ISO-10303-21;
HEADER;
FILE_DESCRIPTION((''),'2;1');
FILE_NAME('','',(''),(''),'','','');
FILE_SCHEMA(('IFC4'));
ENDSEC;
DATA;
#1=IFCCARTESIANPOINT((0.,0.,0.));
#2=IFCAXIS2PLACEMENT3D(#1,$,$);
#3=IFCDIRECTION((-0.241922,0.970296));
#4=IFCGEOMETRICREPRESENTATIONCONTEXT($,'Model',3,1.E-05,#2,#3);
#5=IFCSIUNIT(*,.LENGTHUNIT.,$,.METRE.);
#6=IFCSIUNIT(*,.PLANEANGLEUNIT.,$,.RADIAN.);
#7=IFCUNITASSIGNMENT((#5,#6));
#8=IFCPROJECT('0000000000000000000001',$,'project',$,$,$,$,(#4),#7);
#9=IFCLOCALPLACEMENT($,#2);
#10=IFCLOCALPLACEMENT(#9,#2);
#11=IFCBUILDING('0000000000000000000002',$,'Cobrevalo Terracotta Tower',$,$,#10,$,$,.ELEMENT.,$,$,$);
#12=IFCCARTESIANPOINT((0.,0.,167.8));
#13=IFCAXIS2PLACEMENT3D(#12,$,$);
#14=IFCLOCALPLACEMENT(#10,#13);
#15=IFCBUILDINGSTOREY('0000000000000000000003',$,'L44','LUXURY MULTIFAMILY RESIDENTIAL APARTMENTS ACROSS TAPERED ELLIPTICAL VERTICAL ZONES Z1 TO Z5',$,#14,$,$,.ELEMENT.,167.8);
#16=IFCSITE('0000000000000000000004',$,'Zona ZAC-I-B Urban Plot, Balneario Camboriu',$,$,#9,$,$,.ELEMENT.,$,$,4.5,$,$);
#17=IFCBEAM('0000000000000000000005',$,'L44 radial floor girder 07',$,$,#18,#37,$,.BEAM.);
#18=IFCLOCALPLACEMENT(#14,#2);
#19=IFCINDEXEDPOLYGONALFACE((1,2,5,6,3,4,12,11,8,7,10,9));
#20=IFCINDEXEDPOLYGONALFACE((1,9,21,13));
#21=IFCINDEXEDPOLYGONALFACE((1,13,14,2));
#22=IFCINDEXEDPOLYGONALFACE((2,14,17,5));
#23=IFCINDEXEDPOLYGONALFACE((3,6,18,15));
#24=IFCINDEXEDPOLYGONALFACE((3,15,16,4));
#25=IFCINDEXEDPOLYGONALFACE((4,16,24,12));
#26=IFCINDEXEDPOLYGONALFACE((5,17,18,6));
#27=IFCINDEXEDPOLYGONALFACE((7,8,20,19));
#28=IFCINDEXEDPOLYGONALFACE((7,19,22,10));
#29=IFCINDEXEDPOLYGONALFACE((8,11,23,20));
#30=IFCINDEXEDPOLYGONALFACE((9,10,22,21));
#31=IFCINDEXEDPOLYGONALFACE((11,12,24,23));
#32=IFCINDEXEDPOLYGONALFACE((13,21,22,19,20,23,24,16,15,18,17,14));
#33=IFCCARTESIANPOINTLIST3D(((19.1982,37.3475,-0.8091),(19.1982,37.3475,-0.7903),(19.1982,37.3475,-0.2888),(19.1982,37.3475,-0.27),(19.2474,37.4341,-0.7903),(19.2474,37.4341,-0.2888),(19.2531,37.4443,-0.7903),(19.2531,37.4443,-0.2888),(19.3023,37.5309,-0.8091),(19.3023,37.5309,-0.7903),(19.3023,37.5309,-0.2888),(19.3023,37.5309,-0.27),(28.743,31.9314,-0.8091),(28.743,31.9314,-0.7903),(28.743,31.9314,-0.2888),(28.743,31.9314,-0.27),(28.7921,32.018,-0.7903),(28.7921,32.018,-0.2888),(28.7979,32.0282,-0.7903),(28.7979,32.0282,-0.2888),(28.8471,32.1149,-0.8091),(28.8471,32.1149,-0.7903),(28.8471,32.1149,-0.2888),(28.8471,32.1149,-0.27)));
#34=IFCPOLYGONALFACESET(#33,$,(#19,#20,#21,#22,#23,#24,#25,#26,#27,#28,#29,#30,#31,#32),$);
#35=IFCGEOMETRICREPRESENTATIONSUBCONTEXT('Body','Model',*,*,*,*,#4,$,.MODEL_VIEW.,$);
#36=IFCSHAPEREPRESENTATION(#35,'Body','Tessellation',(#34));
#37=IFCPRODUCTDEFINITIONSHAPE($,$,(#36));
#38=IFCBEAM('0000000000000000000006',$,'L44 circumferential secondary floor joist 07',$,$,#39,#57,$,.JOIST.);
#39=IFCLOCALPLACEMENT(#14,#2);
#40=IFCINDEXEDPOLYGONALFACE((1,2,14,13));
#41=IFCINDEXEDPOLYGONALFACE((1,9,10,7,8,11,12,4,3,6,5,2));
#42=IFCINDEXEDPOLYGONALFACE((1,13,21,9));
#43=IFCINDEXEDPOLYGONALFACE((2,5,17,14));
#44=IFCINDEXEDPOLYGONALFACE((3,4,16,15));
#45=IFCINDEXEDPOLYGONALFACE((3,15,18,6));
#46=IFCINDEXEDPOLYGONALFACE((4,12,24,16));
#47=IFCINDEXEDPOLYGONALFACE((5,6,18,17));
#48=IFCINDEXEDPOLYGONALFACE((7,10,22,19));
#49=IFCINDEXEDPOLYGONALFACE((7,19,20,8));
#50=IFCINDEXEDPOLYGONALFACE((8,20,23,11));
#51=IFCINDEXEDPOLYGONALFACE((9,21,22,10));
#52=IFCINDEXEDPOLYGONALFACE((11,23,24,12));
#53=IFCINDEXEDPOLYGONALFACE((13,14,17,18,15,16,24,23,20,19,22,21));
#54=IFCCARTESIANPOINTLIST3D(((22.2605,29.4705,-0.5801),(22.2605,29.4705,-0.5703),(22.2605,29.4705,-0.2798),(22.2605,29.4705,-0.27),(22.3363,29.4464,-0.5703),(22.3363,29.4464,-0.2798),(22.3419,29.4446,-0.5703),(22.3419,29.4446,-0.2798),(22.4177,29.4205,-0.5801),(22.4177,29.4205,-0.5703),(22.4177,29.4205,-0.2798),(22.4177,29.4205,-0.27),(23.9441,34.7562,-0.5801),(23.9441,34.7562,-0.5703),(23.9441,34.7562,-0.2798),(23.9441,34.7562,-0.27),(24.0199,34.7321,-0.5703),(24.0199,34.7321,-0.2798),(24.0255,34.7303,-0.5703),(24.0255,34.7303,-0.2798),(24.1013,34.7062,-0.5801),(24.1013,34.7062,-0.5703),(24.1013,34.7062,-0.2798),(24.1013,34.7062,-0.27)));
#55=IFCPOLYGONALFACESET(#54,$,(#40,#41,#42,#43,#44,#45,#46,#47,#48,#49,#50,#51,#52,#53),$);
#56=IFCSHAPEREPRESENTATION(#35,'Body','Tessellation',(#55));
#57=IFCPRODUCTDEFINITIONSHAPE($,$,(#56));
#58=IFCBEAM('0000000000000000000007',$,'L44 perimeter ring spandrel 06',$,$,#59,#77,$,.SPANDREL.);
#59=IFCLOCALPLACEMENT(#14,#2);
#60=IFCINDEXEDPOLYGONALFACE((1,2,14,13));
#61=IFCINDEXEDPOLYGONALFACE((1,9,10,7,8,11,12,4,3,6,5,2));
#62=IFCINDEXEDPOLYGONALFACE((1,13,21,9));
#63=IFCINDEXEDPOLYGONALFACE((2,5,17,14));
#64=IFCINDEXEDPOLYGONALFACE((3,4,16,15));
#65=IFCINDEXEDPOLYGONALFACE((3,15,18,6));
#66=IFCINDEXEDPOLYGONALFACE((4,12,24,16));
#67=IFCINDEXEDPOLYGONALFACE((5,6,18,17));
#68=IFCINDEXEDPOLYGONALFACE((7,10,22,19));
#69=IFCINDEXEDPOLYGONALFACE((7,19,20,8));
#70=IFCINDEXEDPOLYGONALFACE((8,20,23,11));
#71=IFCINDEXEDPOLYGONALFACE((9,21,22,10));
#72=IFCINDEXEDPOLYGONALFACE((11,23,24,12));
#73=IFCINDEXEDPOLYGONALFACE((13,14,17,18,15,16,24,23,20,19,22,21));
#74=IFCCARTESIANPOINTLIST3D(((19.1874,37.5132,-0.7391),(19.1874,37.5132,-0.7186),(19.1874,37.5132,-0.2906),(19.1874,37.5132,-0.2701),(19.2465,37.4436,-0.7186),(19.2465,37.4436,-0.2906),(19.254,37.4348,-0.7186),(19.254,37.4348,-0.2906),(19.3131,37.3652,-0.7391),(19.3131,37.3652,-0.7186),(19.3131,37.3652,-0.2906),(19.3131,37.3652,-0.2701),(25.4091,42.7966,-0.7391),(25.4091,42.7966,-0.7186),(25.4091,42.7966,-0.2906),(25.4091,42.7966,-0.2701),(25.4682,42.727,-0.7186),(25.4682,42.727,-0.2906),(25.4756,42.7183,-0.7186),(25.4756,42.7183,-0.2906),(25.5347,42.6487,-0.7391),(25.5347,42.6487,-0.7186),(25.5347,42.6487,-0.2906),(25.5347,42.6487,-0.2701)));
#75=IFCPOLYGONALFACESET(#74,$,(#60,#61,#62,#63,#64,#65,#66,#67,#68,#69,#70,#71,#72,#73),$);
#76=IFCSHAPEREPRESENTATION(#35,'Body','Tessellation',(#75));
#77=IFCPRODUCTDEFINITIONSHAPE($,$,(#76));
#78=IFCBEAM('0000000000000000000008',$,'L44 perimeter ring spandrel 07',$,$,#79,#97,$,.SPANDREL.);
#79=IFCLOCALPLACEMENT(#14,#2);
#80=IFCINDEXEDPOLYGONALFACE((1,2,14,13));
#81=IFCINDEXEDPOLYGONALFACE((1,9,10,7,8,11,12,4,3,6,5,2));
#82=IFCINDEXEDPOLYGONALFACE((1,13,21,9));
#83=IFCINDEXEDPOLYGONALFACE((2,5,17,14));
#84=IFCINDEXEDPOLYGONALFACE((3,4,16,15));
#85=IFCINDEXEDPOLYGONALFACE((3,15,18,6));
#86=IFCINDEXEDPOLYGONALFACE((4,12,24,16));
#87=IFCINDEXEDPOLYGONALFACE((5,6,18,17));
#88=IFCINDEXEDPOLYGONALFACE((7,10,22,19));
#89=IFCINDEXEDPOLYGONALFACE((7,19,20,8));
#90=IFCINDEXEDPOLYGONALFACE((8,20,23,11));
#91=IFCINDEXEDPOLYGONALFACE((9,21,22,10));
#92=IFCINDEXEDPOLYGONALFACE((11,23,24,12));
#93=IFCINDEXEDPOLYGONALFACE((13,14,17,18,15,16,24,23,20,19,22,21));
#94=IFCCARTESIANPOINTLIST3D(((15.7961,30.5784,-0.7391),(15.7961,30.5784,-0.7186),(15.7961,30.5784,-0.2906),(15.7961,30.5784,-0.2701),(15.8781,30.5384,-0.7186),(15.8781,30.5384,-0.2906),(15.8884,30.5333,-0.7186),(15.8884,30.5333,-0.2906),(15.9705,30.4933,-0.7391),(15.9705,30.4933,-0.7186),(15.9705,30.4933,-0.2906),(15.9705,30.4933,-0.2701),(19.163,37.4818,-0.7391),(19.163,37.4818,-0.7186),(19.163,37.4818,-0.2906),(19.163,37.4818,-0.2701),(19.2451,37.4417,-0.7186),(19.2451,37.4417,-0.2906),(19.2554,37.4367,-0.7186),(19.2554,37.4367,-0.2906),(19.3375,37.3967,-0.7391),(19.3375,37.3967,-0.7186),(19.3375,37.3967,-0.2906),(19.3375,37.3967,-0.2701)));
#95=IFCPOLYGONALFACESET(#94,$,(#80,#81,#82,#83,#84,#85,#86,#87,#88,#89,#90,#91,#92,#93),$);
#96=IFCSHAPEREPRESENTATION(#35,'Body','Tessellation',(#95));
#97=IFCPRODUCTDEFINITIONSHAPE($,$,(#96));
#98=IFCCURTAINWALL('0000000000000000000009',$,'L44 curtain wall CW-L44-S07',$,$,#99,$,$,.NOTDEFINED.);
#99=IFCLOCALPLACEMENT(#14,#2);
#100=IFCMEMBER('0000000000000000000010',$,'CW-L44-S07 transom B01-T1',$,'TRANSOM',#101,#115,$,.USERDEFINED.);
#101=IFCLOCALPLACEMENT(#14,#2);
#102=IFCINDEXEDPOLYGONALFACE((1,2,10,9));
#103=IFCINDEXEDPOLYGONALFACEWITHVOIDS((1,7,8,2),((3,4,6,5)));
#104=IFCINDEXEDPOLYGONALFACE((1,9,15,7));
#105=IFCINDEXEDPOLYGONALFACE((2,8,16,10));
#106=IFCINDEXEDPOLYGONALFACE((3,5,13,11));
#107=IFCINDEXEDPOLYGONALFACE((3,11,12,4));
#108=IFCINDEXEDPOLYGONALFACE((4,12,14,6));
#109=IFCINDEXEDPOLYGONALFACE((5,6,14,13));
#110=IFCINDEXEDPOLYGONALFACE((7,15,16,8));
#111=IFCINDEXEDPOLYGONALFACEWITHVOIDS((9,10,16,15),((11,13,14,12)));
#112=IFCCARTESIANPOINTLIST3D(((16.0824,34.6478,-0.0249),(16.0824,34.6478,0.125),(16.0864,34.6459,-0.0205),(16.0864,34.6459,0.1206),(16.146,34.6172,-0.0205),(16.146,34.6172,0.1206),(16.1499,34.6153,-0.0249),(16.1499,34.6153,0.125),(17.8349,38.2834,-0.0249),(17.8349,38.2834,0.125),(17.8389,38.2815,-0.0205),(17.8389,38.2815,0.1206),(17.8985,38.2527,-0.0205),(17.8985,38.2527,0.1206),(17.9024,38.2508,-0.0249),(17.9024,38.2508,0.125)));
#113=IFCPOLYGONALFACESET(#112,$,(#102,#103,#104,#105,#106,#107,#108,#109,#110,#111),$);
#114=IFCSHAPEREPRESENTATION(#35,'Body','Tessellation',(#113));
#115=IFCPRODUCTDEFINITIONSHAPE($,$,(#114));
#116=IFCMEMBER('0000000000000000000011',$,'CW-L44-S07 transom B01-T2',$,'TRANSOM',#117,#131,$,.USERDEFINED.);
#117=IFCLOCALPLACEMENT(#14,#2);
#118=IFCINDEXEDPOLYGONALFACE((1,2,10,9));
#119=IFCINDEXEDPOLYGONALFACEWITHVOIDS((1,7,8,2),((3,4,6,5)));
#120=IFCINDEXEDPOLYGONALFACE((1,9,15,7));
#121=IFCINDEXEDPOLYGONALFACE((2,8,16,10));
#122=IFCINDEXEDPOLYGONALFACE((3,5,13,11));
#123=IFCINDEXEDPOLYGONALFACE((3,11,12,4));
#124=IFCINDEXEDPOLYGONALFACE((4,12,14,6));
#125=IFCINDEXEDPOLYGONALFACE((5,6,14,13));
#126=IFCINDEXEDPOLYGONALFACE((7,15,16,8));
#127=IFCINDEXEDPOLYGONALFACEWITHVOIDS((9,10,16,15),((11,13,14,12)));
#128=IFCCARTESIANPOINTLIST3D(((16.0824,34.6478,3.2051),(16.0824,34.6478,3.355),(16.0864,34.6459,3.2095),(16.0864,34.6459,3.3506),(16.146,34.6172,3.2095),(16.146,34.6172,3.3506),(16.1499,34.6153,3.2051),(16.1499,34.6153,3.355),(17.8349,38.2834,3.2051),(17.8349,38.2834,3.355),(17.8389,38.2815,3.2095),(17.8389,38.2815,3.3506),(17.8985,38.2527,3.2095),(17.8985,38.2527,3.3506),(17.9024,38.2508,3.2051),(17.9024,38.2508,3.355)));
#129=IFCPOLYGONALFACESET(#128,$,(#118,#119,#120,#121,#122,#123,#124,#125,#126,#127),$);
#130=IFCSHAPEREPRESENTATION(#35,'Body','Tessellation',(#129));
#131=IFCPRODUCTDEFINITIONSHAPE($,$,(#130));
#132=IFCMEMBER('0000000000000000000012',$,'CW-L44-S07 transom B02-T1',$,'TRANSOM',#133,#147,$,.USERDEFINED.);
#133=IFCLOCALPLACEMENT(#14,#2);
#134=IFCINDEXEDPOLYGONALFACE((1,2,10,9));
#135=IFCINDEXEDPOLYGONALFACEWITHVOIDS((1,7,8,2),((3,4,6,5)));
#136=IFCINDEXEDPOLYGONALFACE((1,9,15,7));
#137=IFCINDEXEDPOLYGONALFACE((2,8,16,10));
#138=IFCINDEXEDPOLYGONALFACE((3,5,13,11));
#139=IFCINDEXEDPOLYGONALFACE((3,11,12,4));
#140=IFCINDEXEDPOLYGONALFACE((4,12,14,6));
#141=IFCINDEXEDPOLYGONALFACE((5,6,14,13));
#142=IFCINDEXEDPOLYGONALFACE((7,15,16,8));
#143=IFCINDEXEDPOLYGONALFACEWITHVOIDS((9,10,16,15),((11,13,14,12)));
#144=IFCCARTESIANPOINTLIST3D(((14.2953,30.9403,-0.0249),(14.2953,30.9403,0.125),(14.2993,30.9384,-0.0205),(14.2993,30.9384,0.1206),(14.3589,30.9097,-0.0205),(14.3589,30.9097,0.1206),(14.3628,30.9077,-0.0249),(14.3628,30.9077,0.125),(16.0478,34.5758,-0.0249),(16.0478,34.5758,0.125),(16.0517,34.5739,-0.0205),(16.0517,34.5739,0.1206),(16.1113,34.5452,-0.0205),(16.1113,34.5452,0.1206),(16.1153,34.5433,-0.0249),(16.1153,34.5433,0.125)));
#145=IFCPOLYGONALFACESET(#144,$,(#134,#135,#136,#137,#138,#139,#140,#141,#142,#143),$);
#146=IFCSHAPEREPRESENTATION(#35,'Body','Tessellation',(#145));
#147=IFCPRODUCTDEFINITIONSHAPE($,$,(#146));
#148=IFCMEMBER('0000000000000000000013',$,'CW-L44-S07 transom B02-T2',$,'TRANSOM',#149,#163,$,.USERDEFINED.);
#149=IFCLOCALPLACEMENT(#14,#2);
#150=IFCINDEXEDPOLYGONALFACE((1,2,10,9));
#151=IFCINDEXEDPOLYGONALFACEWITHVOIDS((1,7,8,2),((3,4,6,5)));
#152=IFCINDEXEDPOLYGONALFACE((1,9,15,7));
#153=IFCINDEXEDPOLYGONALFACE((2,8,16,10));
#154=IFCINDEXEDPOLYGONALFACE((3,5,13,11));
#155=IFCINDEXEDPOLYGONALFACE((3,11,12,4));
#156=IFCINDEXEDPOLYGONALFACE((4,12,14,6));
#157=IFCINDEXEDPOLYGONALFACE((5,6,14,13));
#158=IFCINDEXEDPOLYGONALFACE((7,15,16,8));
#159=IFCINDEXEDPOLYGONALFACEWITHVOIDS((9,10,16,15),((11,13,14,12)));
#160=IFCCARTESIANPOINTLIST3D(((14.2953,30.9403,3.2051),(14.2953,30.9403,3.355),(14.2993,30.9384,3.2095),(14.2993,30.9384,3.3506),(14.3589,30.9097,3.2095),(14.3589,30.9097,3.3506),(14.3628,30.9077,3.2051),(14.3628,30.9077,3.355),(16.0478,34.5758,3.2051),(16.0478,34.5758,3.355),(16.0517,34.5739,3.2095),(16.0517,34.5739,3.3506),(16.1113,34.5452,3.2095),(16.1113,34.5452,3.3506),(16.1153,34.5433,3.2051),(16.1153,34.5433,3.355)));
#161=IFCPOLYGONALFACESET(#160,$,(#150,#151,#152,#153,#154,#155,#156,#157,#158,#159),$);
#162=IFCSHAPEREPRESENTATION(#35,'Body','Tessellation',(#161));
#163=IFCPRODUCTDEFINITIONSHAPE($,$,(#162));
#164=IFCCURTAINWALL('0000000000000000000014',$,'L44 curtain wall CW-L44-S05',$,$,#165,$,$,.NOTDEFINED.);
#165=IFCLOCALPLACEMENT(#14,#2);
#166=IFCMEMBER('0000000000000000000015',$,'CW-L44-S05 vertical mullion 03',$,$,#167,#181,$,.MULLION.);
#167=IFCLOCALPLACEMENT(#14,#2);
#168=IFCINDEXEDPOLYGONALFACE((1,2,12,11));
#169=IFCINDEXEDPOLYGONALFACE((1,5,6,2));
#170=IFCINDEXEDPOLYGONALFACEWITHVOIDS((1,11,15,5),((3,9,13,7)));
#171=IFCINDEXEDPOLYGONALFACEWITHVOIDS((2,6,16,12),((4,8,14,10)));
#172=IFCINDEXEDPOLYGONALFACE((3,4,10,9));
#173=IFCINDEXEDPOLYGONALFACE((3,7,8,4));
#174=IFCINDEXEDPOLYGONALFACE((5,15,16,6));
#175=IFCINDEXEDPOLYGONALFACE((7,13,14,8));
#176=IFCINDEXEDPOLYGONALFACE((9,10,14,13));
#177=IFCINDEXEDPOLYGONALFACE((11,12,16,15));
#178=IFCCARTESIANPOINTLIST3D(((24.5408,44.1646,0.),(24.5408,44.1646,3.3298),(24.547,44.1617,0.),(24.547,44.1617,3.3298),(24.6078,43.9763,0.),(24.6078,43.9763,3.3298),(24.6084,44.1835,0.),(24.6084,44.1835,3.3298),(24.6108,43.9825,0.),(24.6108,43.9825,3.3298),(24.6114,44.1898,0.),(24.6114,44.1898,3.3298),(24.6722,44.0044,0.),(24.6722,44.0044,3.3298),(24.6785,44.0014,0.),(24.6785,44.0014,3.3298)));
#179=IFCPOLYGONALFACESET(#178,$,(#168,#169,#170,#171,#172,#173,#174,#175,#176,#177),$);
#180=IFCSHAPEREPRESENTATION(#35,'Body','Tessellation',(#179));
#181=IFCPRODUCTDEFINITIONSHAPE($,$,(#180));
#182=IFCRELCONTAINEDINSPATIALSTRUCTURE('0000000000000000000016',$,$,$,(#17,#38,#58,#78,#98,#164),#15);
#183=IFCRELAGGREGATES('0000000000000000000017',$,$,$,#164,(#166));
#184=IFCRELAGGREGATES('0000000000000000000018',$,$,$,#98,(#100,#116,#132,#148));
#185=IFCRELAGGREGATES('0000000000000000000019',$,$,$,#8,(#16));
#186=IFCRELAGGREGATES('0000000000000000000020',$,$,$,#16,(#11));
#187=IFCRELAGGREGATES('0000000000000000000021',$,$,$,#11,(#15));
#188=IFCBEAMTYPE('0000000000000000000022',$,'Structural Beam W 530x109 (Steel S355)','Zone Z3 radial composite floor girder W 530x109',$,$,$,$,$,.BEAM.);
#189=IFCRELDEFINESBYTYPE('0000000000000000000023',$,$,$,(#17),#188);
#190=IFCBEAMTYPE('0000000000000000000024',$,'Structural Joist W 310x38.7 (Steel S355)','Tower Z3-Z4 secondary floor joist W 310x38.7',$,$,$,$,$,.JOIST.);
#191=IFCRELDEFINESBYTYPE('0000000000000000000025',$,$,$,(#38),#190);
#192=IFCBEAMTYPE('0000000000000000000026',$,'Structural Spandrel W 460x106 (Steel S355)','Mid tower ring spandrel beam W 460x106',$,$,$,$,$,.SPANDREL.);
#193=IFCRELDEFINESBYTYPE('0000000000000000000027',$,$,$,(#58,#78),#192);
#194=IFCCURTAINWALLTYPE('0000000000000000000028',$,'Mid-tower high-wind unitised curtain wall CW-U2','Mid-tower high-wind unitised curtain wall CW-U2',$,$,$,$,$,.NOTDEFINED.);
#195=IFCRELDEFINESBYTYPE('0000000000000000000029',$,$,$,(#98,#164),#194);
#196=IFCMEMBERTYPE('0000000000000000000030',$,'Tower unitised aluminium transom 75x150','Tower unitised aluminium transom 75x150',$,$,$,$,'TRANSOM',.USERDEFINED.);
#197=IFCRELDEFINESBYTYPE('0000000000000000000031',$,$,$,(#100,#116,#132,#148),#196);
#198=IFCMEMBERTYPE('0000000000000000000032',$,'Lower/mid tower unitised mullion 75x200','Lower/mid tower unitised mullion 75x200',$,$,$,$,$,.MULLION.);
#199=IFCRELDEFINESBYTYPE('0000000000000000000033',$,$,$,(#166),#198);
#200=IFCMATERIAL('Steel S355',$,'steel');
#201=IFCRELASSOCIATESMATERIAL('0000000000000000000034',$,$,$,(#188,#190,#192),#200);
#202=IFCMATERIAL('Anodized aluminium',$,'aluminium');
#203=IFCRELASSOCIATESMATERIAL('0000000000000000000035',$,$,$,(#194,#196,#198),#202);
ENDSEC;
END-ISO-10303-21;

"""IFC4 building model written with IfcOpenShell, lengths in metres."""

from ifc_helpers import new_model, si_unit, direction, frame, origin, origin_2d, place, context, subcontext, project, spatial, hollow_rectangle, i_section, extrude, source, transform, mapped, material, material_profile, profile_set, type_object, element, aggregate, save


model = new_model("IFC4")

# Units and contexts
model_context = context("Model", 3, precision=1e-05, world=origin(), true_north=direction((-0.241922, 0.970296)))
body_context = subcontext(model_context, "Body", "Model", "MODEL_VIEW")
ifc_project = project(units=[si_unit("LENGTHUNIT", "METRE"), si_unit("PLANEANGLEUNIT", "RADIAN")], contexts=[model_context])

# Site, building, storey
site_placement = place(None, origin())
site = spatial("IfcSite", under=ifc_project, at=site_placement, Name="Zona ZAC-I-B Urban Plot, Balneario Camboriu", CompositionType="ELEMENT", RefElevation=4.5)
building_placement = place(site_placement, origin())
building = spatial("IfcBuilding", under=site, at=building_placement, Name="Cobrevalo Terracotta Tower", CompositionType="ELEMENT")
storey_placement = place(building_placement, frame((0.0, 0.0, 167.8)))
storey = spatial("IfcBuildingStorey", under=building, at=storey_placement, Name="L44", Description="LUXURY MULTIFAMILY RESIDENTIAL APARTMENTS ACROSS TAPERED ELLIPTICAL VERTICAL ZONES Z1 TO Z5", CompositionType="ELEMENT", Elevation=167.8)

# Shared definitions
ifc_material_1 = material(Name="Steel S355", Category="steel")

# Beams
ifc_material_profile_1 = material_profile(ifc_material_1, i_section(OverallWidth=0.2109, OverallDepth=0.5391, WebThickness=0.0117, FlangeThickness=0.0188, at=origin_2d()), Name="W 530x109")
ifc_profile_set_1 = profile_set([ifc_material_profile_1], Name="Steel S355")
beam_type_1 = type_object("IfcBeamType", Name="Structural Beam W 530x109 (Steel S355)", Description="Zone Z3 radial composite floor girder W 530x109", PredefinedType="BEAM", material=ifc_profile_set_1)
beam_1_placement = place(storey_placement, frame((19.2502, 37.4392, -0.5396), z_axis=(0.869734, -0.49352, 0.0), x_axis=(0.49352, 0.869734, 0.0)))
element("IfcBeam", 1, at=beam_1_placement, inside=storey, type_object=beam_type_1, Name="L44 radial floor girder 07", PredefinedType="BEAM", context=body_context, shape_type="SweptSolid", body=[
    extrude(i_section(OverallWidth=0.2109, OverallDepth=0.5391, WebThickness=0.0117, FlangeThickness=0.0188, at=origin_2d()), origin(), (0.0, 0.0, 1.0), 10.9744),
])
ifc_material_profile_2 = material_profile(ifc_material_1, i_section(OverallWidth=0.165, OverallDepth=0.3101, WebThickness=0.0059, FlangeThickness=0.0098, at=origin_2d()), Name="W 310x38.7")
ifc_profile_set_2 = profile_set([ifc_material_profile_2], Name="Steel S355")
beam_type_2 = type_object("IfcBeamType", Name="Structural Joist W 310x38.7 (Steel S355)", Description="Tower Z3-Z4 secondary floor joist W 310x38.7", PredefinedType="JOIST", material=ifc_profile_set_2)
beam_2_placement = place(storey_placement, frame((24.0227, 34.7312, -0.425), z_axis=(-0.303498, -0.952832, 0.0), x_axis=(0.952832, -0.303498, 0.0)))
element("IfcBeam", 2, at=beam_2_placement, inside=storey, type_object=beam_type_2, Name="L44 circumferential secondary floor joist 07", PredefinedType="JOIST", context=body_context, shape_type="SweptSolid", body=[
    extrude(i_section(OverallWidth=0.165, OverallDepth=0.3101, WebThickness=0.0059, FlangeThickness=0.0098, at=origin_2d()), origin(), (0.0, 0.0, 1.0), 5.5474),
])
ifc_material_profile_3 = material_profile(ifc_material_1, i_section(OverallWidth=0.1941, OverallDepth=0.469, WebThickness=0.0115, FlangeThickness=0.0205, at=origin_2d()), Name="W 460x106")
ifc_profile_set_3 = profile_set([ifc_material_profile_3], Name="Steel S355")
beam_type_3 = type_object("IfcBeamType", Name="Structural Spandrel W 460x106 (Steel S355)", Description="Mid tower ring spandrel beam W 460x106", PredefinedType="SPANDREL", material=ifc_profile_set_3)
beam_3_placement = place(storey_placement, frame((25.4719, 42.7227, -0.5046), z_axis=(-0.76224, -0.647294, 0.0), x_axis=(0.647294, -0.76224, 0.0)))
element("IfcBeam", 3, at=beam_3_placement, inside=storey, type_object=beam_type_3, Name="L44 perimeter ring spandrel 06", PredefinedType="SPANDREL", context=body_context, shape_type="SweptSolid", body=[
    extrude(i_section(OverallWidth=0.1941, OverallDepth=0.469, WebThickness=0.0115, FlangeThickness=0.0205, at=origin_2d()), origin(), (0.0, 0.0, 1.0), 8.1624),
])
beam_4_placement = place(storey_placement, frame((19.2502, 37.4392, -0.5046), z_axis=(-0.438368, -0.898796, 0.0), x_axis=(0.898796, -0.438368, 0.0)))
element("IfcBeam", 4, at=beam_4_placement, inside=storey, type_object=beam_type_3, Name="L44 perimeter ring spandrel 07", PredefinedType="SPANDREL", context=body_context, shape_type="SweptSolid", body=[
    extrude(i_section(OverallWidth=0.1941, OverallDepth=0.469, WebThickness=0.0115, FlangeThickness=0.0205, at=origin_2d()), origin(), (0.0, 0.0, 1.0), 7.6807),
])

# Curtain wall, members
ifc_material_2 = material(Name="Anodized aluminium", Category="aluminium")
curtain_wall_type = type_object("IfcCurtainWallType", Name="Mid-tower high-wind unitised curtain wall CW-U2", Description="Mid-tower high-wind unitised curtain wall CW-U2", PredefinedType="NOTDEFINED", material=ifc_material_2)
curtain_wall_1_placement = place(storey_placement, origin())
curtain_wall_1 = element("IfcCurtainWall", 5, at=curtain_wall_1_placement, inside=storey, type_object=curtain_wall_type, Name="L44 curtain wall CW-L44-S07", PredefinedType="NOTDEFINED")
ifc_material_profile_4 = material_profile(ifc_material_2, hollow_rectangle(XDim=0.075, YDim=0.1499, WallThickness=0.0044, at=origin_2d()), Name="CWT 75x150")
ifc_profile_set_4 = profile_set([ifc_material_profile_4], Name="Anodized aluminium")
member_type_1 = type_object("IfcMemberType", Name="Tower unitised aluminium transom 75x150", Description="Tower unitised aluminium transom 75x150", ElementType="TRANSOM", PredefinedType="USERDEFINED", material=ifc_profile_set_4)
shared_shape_1 = source(origin(), body_context, "Body", "SweptSolid", [
    extrude(hollow_rectangle(XDim=0.075, YDim=0.1499, WallThickness=0.0044, at=origin_2d()), origin(), (0.0, 0.0, 1.0), 4.0359),
])
member_1_placement = place(storey_placement, frame((17.8687, 38.2671, 0.05), z_axis=(-0.434221, -0.900806, 0.0), x_axis=(0.900806, -0.434221, 0.0)))
member_1 = element("IfcMember", 6, at=member_1_placement, type_object=member_type_1, Name="CW-L44-S07 transom B01-T1", ObjectType="TRANSOM", PredefinedType="USERDEFINED", context=body_context, shape_type="MappedRepresentation", body=[
    mapped(shared_shape_1, transform((0.0, 0.0, 0.0), scale=1.0)),
])
member_2_placement = place(storey_placement, frame((17.8687, 38.2671, 3.28), z_axis=(-0.434221, -0.900806, 0.0), x_axis=(0.900806, -0.434221, 0.0)))
member_2 = element("IfcMember", 7, at=member_2_placement, type_object=member_type_1, Name="CW-L44-S07 transom B01-T2", ObjectType="TRANSOM", PredefinedType="USERDEFINED", context=body_context, shape_type="MappedRepresentation", body=[
    mapped(shared_shape_1, transform((0.0, 0.0, 0.0), scale=1.0)),
])
member_3_placement = place(storey_placement, frame((16.0815, 34.5596, 0.05), z_axis=(-0.434221, -0.900806, 0.0), x_axis=(0.900806, -0.434221, 0.0)))
member_3 = element("IfcMember", 8, at=member_3_placement, type_object=member_type_1, Name="CW-L44-S07 transom B02-T1", ObjectType="TRANSOM", PredefinedType="USERDEFINED", context=body_context, shape_type="MappedRepresentation", body=[
    mapped(shared_shape_1, transform((0.0, 0.0, 0.0), scale=1.0)),
])
member_4_placement = place(storey_placement, frame((16.0815, 34.5596, 3.28), z_axis=(-0.434221, -0.900806, 0.0), x_axis=(0.900806, -0.434221, 0.0)))
member_4 = element("IfcMember", 9, at=member_4_placement, type_object=member_type_1, Name="CW-L44-S07 transom B02-T2", ObjectType="TRANSOM", PredefinedType="USERDEFINED", context=body_context, shape_type="MappedRepresentation", body=[
    mapped(shared_shape_1, transform((0.0, 0.0, 0.0), scale=1.0)),
])

# Curtain wall, member
curtain_wall_2_placement = place(storey_placement, origin())
curtain_wall_2 = element("IfcCurtainWall", 10, at=curtain_wall_2_placement, inside=storey, type_object=curtain_wall_type, Name="L44 curtain wall CW-L44-S05", PredefinedType="NOTDEFINED")
ifc_material_profile_5 = material_profile(ifc_material_2, hollow_rectangle(XDim=0.075, YDim=0.2, WallThickness=0.0049, at=origin_2d()), Name="CWM 75x200")
ifc_profile_set_5 = profile_set([ifc_material_profile_5], Name="Anodized aluminium")
member_type_2 = type_object("IfcMemberType", Name="Lower/mid tower unitised mullion 75x200", Description="Lower/mid tower unitised mullion 75x200", PredefinedType="MULLION", material=ifc_profile_set_5)
shared_shape_2 = source(origin(), body_context, "Body", "SweptSolid", [
    extrude(hollow_rectangle(XDim=0.075, YDim=0.2, WallThickness=0.0049, at=origin_2d()), origin(), (0.0, 0.0, 1.0), 3.3298),
])
member_5_placement = place(storey_placement, frame((24.6096, 44.083, 0.0), z_axis=(0.0, 0.0, 1.0), x_axis=(-0.942098, -0.335336, 0.0)))
member_5 = element("IfcMember", 11, at=member_5_placement, type_object=member_type_2, Name="CW-L44-S05 vertical mullion 03", PredefinedType="MULLION", context=body_context, shape_type="MappedRepresentation", body=[
    mapped(shared_shape_2, transform((0.0, 0.0, 0.0), scale=1.0)),
])
aggregate(curtain_wall_2, [member_5])

aggregate(curtain_wall_1, [member_1, member_2, member_3, member_4])

save(model, "model.ifc")
